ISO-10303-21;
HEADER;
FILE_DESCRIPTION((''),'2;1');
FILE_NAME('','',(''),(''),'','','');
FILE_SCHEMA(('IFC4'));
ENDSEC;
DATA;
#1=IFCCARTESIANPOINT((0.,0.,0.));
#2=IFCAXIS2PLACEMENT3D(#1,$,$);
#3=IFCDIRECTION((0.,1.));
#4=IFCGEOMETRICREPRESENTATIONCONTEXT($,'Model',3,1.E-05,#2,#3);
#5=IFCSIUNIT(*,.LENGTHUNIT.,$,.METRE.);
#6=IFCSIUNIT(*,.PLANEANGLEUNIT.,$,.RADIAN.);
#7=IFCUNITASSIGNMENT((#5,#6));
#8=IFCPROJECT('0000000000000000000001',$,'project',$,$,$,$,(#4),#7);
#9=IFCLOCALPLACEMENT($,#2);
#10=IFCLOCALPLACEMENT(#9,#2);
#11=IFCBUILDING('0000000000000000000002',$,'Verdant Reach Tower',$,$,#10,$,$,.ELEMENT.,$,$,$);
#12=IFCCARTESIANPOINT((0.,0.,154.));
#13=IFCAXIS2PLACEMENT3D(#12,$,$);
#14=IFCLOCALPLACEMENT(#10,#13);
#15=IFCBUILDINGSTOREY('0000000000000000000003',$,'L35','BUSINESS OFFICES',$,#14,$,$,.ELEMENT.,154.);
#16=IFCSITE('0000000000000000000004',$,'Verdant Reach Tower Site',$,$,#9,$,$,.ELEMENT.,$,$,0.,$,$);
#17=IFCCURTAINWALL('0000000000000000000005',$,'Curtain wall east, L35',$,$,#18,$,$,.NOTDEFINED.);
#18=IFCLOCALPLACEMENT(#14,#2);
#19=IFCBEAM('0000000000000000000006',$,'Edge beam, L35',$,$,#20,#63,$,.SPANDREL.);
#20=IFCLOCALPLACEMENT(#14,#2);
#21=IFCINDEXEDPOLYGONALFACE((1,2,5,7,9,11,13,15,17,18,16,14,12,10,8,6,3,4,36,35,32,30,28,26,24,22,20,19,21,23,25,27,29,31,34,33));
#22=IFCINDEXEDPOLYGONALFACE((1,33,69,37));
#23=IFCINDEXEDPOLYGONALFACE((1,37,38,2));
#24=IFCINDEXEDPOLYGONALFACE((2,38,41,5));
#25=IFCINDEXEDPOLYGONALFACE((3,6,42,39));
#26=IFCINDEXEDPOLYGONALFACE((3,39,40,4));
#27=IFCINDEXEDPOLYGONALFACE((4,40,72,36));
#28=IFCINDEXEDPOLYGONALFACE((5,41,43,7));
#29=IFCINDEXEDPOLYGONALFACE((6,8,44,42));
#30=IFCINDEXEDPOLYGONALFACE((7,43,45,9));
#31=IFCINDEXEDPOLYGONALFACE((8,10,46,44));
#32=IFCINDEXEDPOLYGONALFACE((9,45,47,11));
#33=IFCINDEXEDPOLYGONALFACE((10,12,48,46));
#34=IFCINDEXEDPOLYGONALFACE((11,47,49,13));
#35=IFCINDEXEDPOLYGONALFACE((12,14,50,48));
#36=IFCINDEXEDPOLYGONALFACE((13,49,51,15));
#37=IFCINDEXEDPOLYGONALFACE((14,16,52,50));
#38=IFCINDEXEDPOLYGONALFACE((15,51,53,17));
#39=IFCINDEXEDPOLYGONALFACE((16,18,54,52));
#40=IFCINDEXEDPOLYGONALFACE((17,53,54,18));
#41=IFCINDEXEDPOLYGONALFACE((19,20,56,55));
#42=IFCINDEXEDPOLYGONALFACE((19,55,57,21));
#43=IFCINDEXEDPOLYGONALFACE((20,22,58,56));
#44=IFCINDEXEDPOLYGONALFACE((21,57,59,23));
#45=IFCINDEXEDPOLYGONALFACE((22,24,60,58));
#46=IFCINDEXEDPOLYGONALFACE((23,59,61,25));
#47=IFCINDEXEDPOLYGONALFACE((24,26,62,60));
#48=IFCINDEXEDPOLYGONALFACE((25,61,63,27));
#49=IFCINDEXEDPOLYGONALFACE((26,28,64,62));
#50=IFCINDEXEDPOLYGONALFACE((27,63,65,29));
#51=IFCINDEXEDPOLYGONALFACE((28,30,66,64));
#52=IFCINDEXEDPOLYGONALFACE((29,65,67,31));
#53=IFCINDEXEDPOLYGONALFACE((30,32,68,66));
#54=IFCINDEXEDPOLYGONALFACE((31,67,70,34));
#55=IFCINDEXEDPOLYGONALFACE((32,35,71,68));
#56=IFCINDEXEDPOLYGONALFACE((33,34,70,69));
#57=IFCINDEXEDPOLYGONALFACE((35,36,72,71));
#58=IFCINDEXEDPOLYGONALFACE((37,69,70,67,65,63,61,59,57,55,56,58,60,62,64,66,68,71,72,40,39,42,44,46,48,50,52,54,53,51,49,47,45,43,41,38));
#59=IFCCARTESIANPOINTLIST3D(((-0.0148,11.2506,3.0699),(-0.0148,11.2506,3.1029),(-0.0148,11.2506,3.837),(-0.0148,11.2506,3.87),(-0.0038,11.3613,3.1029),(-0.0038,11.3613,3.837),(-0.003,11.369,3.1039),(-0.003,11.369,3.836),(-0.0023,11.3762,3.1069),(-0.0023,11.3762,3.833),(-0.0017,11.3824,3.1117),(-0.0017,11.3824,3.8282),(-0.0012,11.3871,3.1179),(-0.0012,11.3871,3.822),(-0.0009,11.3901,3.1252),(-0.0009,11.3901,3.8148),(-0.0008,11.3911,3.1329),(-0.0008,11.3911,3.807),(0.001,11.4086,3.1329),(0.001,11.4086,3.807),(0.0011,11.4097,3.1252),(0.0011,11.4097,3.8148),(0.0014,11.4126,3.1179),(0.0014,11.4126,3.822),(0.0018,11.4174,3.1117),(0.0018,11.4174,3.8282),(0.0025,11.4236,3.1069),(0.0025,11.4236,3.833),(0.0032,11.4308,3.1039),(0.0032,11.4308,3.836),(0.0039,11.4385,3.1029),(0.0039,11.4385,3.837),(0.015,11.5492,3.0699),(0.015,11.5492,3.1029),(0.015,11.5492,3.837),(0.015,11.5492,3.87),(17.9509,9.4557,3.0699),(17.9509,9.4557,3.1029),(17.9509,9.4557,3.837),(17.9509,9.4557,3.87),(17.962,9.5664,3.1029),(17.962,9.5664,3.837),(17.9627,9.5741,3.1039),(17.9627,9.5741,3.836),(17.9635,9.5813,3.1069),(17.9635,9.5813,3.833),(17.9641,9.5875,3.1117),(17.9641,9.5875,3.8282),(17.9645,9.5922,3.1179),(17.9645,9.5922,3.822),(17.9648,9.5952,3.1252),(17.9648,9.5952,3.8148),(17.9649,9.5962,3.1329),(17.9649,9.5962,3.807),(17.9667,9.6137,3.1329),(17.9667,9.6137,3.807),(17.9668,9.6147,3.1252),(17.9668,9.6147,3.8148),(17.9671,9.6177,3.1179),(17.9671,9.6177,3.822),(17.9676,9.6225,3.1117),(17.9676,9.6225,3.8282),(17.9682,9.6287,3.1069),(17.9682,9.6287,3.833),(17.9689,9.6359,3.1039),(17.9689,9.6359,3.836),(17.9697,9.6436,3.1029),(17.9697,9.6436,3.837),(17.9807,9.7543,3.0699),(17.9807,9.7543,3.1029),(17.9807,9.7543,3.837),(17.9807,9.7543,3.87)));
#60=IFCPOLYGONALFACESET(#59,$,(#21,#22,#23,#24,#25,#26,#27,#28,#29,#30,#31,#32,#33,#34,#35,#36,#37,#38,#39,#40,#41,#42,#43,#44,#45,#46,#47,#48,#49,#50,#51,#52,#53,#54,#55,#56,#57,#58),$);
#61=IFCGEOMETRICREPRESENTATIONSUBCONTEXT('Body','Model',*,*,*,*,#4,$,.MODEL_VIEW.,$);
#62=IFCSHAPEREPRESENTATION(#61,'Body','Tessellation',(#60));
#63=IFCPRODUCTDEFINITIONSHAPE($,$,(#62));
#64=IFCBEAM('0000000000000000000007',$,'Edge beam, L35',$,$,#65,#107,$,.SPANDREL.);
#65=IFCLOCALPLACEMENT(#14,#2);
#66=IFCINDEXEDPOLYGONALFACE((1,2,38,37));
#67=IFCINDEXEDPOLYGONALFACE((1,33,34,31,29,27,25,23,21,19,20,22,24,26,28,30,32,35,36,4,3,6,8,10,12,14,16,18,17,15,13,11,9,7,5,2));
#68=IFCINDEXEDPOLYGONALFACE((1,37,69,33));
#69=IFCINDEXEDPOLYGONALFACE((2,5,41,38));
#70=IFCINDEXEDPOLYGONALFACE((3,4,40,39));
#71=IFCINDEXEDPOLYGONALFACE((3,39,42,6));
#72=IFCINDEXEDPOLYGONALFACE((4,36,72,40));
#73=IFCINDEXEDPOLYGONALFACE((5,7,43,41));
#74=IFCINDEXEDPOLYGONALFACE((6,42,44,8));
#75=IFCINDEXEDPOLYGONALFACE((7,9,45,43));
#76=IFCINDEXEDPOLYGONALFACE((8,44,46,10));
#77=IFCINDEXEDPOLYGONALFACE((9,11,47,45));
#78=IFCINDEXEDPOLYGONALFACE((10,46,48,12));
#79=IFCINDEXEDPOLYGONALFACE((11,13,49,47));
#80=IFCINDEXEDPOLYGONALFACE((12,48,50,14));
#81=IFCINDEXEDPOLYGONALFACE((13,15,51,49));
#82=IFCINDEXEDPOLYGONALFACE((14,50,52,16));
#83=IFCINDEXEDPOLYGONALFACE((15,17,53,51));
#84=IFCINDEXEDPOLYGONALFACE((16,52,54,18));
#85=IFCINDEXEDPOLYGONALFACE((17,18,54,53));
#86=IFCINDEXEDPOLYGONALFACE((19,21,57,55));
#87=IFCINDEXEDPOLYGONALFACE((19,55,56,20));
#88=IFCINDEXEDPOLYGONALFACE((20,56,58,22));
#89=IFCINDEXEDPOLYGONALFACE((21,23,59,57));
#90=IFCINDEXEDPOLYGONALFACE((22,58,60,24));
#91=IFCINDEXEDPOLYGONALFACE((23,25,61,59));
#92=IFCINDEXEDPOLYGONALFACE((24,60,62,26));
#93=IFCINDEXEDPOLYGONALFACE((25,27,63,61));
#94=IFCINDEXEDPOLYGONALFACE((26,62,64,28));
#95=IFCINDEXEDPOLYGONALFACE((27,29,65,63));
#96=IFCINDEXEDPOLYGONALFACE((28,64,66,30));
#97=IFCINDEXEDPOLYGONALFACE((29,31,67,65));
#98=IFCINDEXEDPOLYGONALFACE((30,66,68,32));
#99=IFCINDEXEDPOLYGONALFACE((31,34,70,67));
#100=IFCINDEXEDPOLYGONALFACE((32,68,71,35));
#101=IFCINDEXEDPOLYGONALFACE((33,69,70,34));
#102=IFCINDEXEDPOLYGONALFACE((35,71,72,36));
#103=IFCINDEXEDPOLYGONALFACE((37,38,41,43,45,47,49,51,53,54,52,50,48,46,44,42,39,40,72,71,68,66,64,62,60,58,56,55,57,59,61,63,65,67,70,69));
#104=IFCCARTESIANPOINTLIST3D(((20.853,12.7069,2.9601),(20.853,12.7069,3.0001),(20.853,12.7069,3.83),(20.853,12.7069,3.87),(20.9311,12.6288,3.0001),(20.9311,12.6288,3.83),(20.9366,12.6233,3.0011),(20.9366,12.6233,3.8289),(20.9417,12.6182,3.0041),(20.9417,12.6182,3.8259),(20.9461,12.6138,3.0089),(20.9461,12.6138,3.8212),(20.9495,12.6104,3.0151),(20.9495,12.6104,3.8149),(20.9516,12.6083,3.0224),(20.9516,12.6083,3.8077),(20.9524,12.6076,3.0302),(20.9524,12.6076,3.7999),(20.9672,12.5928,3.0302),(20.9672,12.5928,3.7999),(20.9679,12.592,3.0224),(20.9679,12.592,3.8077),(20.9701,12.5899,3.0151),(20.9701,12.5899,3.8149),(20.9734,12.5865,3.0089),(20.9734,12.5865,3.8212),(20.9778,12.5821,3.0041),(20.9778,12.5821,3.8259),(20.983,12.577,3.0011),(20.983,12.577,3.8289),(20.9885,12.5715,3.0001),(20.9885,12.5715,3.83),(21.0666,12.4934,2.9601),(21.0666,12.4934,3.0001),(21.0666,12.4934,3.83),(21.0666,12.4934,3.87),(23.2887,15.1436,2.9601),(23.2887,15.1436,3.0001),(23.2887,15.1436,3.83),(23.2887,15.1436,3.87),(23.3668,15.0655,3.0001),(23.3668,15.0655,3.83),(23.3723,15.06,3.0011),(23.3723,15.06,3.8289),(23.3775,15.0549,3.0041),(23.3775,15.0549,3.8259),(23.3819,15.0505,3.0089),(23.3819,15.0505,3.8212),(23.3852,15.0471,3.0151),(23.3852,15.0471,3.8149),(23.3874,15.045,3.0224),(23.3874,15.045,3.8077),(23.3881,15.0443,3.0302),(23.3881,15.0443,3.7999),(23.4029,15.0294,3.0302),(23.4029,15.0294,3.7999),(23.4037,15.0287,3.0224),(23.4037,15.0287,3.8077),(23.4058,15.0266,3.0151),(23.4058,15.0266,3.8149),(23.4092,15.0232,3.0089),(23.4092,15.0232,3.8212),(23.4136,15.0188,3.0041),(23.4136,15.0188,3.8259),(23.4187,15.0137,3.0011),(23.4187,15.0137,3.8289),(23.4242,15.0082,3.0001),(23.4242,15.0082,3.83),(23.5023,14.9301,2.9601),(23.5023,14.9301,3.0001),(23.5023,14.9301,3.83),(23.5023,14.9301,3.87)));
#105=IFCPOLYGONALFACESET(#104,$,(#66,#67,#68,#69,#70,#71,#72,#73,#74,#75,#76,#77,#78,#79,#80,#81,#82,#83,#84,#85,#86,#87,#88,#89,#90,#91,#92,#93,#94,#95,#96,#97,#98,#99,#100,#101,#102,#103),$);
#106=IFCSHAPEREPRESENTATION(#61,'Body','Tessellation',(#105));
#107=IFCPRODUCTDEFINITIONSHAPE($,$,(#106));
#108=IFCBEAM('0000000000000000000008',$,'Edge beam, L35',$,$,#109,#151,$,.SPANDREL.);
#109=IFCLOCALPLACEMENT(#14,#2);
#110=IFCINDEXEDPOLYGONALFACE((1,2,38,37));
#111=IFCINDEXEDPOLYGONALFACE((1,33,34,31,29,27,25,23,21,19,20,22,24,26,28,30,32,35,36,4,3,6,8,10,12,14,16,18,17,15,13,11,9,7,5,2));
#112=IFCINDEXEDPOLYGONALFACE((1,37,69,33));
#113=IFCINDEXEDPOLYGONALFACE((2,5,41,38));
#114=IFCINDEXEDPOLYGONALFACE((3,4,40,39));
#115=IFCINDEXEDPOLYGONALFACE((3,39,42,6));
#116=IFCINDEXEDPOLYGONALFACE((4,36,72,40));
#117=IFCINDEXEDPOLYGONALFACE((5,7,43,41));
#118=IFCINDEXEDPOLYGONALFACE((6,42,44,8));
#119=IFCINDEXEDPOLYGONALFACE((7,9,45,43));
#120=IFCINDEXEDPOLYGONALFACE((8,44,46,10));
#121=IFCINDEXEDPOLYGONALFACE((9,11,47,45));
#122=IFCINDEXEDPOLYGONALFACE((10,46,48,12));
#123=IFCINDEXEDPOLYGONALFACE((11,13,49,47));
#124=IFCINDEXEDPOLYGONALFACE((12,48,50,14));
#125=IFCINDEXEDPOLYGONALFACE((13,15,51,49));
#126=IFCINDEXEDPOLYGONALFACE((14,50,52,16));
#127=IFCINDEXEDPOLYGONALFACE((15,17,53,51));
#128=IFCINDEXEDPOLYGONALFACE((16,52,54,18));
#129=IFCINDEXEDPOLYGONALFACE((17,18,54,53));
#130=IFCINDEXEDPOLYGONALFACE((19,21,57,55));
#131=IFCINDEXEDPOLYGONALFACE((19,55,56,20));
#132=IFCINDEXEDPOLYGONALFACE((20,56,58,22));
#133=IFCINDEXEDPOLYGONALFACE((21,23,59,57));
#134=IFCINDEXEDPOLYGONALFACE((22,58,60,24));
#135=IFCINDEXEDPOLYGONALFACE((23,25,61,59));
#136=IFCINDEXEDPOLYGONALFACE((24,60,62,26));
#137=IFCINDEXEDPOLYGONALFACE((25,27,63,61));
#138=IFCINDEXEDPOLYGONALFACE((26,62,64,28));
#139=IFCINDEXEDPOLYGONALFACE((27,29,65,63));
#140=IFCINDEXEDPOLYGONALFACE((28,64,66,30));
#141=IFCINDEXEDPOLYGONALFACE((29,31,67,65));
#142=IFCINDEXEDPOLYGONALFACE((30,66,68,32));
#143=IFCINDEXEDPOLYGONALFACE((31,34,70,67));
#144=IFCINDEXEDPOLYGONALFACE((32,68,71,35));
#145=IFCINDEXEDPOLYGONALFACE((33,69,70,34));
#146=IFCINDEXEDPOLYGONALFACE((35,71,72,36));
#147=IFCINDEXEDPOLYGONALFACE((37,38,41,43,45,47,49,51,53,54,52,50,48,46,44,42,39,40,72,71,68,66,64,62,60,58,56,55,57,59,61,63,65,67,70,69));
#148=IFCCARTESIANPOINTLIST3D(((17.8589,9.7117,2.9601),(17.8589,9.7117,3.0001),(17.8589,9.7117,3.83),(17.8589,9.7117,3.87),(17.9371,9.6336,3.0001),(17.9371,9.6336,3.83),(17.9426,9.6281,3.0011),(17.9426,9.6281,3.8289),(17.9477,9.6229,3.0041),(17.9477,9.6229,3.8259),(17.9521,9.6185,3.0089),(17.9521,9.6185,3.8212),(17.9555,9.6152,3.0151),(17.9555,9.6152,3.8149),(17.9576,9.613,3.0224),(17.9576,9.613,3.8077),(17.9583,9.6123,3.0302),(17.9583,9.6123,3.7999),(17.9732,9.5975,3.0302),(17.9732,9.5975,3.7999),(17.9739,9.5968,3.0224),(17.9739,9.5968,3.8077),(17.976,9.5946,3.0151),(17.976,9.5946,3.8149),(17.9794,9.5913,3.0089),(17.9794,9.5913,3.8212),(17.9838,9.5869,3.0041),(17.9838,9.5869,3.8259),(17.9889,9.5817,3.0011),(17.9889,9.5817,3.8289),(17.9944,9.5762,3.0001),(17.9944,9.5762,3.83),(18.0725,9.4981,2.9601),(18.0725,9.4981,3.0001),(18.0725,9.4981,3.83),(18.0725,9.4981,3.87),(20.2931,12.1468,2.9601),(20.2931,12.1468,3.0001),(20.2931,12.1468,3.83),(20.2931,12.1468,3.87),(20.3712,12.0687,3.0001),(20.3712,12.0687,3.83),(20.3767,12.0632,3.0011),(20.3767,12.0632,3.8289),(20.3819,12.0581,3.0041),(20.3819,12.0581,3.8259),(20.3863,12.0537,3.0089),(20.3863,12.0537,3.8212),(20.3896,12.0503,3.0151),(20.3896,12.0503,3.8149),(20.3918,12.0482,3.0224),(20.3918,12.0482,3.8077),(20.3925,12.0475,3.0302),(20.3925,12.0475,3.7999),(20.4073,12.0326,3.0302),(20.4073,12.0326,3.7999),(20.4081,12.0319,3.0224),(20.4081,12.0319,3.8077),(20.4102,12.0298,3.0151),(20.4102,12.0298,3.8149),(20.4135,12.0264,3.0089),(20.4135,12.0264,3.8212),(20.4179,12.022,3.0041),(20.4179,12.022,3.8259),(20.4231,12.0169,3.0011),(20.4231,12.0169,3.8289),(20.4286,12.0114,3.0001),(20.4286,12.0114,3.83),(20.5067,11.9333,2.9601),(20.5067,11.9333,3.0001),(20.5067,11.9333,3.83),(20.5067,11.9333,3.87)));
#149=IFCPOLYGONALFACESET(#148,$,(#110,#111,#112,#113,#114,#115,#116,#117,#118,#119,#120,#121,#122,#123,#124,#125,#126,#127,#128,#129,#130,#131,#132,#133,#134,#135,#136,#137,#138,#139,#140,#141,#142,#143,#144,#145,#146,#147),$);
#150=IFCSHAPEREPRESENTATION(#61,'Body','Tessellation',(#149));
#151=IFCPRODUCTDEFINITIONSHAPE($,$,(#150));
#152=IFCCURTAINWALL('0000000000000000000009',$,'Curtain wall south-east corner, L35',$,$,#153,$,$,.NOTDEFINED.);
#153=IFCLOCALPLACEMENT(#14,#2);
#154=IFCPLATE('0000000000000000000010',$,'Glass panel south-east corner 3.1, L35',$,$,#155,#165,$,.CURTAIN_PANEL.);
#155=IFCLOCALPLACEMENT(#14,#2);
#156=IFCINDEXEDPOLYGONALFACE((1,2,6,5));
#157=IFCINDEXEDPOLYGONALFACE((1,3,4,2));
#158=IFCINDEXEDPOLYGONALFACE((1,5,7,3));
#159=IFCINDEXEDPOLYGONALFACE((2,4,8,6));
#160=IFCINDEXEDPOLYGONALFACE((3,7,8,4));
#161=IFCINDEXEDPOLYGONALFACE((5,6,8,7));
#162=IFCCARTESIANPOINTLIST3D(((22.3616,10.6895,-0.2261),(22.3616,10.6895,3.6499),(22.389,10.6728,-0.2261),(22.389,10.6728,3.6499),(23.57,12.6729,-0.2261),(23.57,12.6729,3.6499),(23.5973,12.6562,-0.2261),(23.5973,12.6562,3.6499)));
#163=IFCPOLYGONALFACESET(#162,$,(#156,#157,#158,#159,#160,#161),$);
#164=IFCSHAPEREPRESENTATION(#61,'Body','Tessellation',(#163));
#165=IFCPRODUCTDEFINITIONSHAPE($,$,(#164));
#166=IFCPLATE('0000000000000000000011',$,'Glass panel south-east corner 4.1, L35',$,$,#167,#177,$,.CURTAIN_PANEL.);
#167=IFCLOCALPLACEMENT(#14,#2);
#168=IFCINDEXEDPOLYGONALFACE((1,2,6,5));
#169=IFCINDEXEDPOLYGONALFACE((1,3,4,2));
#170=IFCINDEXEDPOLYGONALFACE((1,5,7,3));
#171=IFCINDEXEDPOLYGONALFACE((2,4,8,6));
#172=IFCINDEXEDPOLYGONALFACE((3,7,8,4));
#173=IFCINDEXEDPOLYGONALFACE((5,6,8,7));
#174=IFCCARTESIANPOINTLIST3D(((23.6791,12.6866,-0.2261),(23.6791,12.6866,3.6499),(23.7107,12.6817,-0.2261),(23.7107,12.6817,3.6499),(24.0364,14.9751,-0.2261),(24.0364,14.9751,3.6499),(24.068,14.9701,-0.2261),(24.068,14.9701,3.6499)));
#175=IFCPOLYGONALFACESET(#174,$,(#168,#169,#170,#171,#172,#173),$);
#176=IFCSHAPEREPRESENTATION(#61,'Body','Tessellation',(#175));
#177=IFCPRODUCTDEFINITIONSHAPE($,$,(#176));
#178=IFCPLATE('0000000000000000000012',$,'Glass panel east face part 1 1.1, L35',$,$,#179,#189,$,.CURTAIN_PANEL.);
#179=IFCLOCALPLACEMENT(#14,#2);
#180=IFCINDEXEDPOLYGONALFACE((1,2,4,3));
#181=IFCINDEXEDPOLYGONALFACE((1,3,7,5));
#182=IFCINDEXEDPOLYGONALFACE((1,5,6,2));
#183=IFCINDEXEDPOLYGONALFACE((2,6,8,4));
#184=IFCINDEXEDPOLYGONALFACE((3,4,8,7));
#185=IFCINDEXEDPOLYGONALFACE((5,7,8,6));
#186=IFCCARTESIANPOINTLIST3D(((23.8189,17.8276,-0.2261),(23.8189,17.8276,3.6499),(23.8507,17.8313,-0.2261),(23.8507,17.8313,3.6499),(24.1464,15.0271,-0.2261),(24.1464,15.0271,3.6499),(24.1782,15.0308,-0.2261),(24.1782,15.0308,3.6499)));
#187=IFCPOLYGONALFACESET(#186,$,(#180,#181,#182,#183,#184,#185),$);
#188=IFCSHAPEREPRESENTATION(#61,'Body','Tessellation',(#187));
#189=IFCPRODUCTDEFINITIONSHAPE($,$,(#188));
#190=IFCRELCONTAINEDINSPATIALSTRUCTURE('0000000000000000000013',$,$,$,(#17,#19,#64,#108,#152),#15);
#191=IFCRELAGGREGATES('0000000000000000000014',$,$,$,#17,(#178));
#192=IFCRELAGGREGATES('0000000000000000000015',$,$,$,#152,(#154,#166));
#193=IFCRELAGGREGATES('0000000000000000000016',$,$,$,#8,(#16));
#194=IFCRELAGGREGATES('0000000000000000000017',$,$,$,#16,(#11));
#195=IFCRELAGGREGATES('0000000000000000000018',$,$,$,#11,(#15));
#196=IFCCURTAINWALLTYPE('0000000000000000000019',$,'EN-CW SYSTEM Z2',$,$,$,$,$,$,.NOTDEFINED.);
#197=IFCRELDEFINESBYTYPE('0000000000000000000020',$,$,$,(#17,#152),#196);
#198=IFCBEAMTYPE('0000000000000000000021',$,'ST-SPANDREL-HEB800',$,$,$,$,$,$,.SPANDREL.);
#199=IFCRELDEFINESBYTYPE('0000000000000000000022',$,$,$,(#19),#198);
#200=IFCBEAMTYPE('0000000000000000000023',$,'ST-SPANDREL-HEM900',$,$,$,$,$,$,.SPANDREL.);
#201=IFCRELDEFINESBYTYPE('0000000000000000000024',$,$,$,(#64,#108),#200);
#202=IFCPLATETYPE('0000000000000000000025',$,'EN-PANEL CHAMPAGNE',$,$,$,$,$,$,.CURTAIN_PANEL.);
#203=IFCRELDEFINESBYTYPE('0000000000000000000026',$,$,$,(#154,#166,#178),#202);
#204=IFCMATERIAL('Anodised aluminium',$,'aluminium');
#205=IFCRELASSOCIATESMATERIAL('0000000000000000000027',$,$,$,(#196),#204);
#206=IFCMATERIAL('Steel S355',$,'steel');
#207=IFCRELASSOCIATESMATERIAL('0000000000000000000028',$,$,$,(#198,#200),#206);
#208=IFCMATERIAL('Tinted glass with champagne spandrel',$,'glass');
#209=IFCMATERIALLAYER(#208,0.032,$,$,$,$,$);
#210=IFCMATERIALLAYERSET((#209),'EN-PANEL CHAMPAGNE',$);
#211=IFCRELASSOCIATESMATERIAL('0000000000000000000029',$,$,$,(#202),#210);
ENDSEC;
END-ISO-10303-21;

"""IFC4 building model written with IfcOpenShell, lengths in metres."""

from ifc_helpers import new_model, si_unit, direction, frame, origin, origin_2d, place, context, subcontext, project, spatial, rectangle, i_section, extrude, material, layer, layer_set, material_profile, profile_set, type_object, element, aggregate, save


model = new_model("IFC4")

# Units and contexts
model_context = context("Model", 3, precision=1e-05, world=origin(), true_north=direction((0.0, 1.0)))
body_context = subcontext(model_context, "Body", "Model", "MODEL_VIEW")
ifc_project = project(units=[si_unit("LENGTHUNIT", "METRE"), si_unit("PLANEANGLEUNIT", "RADIAN")], contexts=[model_context])

# Site, building, storey
site_placement = place(None, origin())
site = spatial("IfcSite", under=ifc_project, at=site_placement, Name="Verdant Reach Tower Site", CompositionType="ELEMENT", RefElevation=0.0)
building_placement = place(site_placement, origin())
building = spatial("IfcBuilding", under=site, at=building_placement, Name="Verdant Reach Tower", CompositionType="ELEMENT")
storey_placement = place(building_placement, frame((0.0, 0.0, 154.0)))
storey = spatial("IfcBuildingStorey", under=building, at=storey_placement, Name="L35", Description="BUSINESS OFFICES", CompositionType="ELEMENT", Elevation=154.0)

# Curtain wall
ifc_material_1 = material(Name="Anodised aluminium", Category="aluminium")
curtain_wall_type = type_object("IfcCurtainWallType", Name="EN-CW SYSTEM Z2", PredefinedType="NOTDEFINED", material=ifc_material_1)
curtain_wall_1_placement = place(storey_placement, origin())
curtain_wall_1 = element("IfcCurtainWall", 1, at=curtain_wall_1_placement, inside=storey, type_object=curtain_wall_type, Name="Curtain wall east, L35", PredefinedType="NOTDEFINED")

# Beams
ifc_material_2 = material(Name="Steel S355", Category="steel")
ifc_material_profile_1 = material_profile(ifc_material_2, i_section(OverallWidth=0.3, OverallDepth=0.8, WebThickness=0.0176, FlangeThickness=0.033, FilletRadius=0.03, at=origin_2d()), Name="HEB 800")
ifc_profile_set_1 = profile_set([ifc_material_profile_1], Name="Steel S355")
beam_type_1 = type_object("IfcBeamType", Name="ST-SPANDREL-HEB800", PredefinedType="SPANDREL", material=ifc_profile_set_1)
beam_1_placement = place(storey_placement, frame((17.9658, 9.605, 3.47), z_axis=(-0.995046, 0.099413, 0.0), x_axis=(-0.099413, -0.995046, 0.0)))
element("IfcBeam", 2, at=beam_1_placement, inside=storey, type_object=beam_type_1, Name="Edge beam, L35", PredefinedType="SPANDREL", context=body_context, shape_type="SweptSolid", body=[
    extrude(i_section(OverallWidth=0.3, OverallDepth=0.8, WebThickness=0.0176, FlangeThickness=0.033, FilletRadius=0.03, at=origin_2d()), origin(), (0.0, 0.0, 1.0), 18.0552),
])
ifc_material_profile_2 = material_profile(ifc_material_2, i_section(OverallWidth=0.302, OverallDepth=0.9099, WebThickness=0.021, FlangeThickness=0.04, FilletRadius=0.03, at=origin_2d()), Name="HEM 900")
ifc_profile_set_2 = profile_set([ifc_material_profile_2], Name="Steel S355")
beam_type_2 = type_object("IfcBeamType", Name="ST-SPANDREL-HEM900", PredefinedType="SPANDREL", material=ifc_profile_set_2)
beam_2_placement = place(storey_placement, frame((23.3955, 15.0369, 3.415), z_axis=(-0.706965, -0.707248, 0.0), x_axis=(0.707248, -0.706965, 0.0)))
element("IfcBeam", 3, at=beam_2_placement, inside=storey, type_object=beam_type_2, Name="Edge beam, L35", PredefinedType="SPANDREL", context=body_context, shape_type="SweptSolid", body=[
    extrude(i_section(OverallWidth=0.302, OverallDepth=0.9099, WebThickness=0.021, FlangeThickness=0.04, FilletRadius=0.03, at=origin_2d()), origin(), (0.0, 0.0, 1.0), 3.4453),
])
beam_3_placement = place(storey_placement, frame((20.3999, 12.04, 3.415), z_axis=(-0.706965, -0.707249, 0.0), x_axis=(0.707249, -0.706965, 0.0)))
element("IfcBeam", 4, at=beam_3_placement, inside=storey, type_object=beam_type_2, Name="Edge beam, L35", PredefinedType="SPANDREL", context=body_context, shape_type="SweptSolid", body=[
    extrude(i_section(OverallWidth=0.302, OverallDepth=0.9099, WebThickness=0.021, FlangeThickness=0.04, FilletRadius=0.03, at=origin_2d()), origin(), (0.0, 0.0, 1.0), 3.4431),
])

# Curtain wall, plates
curtain_wall_2_placement = place(storey_placement, origin())
curtain_wall_2 = element("IfcCurtainWall", 5, at=curtain_wall_2_placement, inside=storey, type_object=curtain_wall_type, Name="Curtain wall south-east corner, L35", PredefinedType="NOTDEFINED")
ifc_material_3 = material(Name="Tinted glass with champagne spandrel", Category="glass")
ifc_layer_1 = layer(ifc_material_3, 0.032)
ifc_layer_set_1 = layer_set([ifc_layer_1], Name="EN-PANEL CHAMPAGNE")
plate_type_1 = type_object("IfcPlateType", Name="EN-PANEL CHAMPAGNE", PredefinedType="CURTAIN_PANEL", material=ifc_layer_set_1)
plate_1_placement = place(storey_placement, frame((22.9795, 11.6729, -0.2261), z_axis=(0.0, 0.0, 1.0), x_axis=(0.520292, 0.853989, 0.0)))
plate_1 = element("IfcPlate", 6, at=plate_1_placement, type_object=plate_type_1, Name="Glass panel south-east corner 3.1, L35", PredefinedType="CURTAIN_PANEL", context=body_context, shape_type="SweptSolid", body=[
    extrude(rectangle(XDim=2.3225, YDim=0.032, at=origin_2d()), origin(), (0.0, 0.0, 1.0), 3.876),
])
plate_2_placement = place(storey_placement, frame((23.8735, 13.8284, -0.2261), z_axis=(0.0, 0.0, 1.0), x_axis=(0.154281, 0.988027, 0.0)))
plate_2 = element("IfcPlate", 7, at=plate_2_placement, type_object=plate_type_1, Name="Glass panel south-east corner 4.1, L35", PredefinedType="CURTAIN_PANEL", context=body_context, shape_type="SweptSolid", body=[
    extrude(rectangle(XDim=2.3162, YDim=0.032, at=origin_2d()), origin(), (0.0, 0.0, 1.0), 3.876),
])

# Plate
plate_3_placement = place(storey_placement, frame((23.9985, 16.4292, -0.2261), z_axis=(0.0, 0.0, 1.0), x_axis=(-0.116147, 0.993232, 0.0)))
plate_3 = element("IfcPlate", 8, at=plate_3_placement, type_object=plate_type_1, Name="Glass panel east face part 1 1.1, L35", PredefinedType="CURTAIN_PANEL", context=body_context, shape_type="SweptSolid", body=[
    extrude(rectangle(XDim=2.8196, YDim=0.032, at=origin_2d()), origin(), (0.0, 0.0, 1.0), 3.876),
])
aggregate(curtain_wall_1, [plate_3])

aggregate(curtain_wall_2, [plate_1, plate_2])

save(model, "model.ifc")
